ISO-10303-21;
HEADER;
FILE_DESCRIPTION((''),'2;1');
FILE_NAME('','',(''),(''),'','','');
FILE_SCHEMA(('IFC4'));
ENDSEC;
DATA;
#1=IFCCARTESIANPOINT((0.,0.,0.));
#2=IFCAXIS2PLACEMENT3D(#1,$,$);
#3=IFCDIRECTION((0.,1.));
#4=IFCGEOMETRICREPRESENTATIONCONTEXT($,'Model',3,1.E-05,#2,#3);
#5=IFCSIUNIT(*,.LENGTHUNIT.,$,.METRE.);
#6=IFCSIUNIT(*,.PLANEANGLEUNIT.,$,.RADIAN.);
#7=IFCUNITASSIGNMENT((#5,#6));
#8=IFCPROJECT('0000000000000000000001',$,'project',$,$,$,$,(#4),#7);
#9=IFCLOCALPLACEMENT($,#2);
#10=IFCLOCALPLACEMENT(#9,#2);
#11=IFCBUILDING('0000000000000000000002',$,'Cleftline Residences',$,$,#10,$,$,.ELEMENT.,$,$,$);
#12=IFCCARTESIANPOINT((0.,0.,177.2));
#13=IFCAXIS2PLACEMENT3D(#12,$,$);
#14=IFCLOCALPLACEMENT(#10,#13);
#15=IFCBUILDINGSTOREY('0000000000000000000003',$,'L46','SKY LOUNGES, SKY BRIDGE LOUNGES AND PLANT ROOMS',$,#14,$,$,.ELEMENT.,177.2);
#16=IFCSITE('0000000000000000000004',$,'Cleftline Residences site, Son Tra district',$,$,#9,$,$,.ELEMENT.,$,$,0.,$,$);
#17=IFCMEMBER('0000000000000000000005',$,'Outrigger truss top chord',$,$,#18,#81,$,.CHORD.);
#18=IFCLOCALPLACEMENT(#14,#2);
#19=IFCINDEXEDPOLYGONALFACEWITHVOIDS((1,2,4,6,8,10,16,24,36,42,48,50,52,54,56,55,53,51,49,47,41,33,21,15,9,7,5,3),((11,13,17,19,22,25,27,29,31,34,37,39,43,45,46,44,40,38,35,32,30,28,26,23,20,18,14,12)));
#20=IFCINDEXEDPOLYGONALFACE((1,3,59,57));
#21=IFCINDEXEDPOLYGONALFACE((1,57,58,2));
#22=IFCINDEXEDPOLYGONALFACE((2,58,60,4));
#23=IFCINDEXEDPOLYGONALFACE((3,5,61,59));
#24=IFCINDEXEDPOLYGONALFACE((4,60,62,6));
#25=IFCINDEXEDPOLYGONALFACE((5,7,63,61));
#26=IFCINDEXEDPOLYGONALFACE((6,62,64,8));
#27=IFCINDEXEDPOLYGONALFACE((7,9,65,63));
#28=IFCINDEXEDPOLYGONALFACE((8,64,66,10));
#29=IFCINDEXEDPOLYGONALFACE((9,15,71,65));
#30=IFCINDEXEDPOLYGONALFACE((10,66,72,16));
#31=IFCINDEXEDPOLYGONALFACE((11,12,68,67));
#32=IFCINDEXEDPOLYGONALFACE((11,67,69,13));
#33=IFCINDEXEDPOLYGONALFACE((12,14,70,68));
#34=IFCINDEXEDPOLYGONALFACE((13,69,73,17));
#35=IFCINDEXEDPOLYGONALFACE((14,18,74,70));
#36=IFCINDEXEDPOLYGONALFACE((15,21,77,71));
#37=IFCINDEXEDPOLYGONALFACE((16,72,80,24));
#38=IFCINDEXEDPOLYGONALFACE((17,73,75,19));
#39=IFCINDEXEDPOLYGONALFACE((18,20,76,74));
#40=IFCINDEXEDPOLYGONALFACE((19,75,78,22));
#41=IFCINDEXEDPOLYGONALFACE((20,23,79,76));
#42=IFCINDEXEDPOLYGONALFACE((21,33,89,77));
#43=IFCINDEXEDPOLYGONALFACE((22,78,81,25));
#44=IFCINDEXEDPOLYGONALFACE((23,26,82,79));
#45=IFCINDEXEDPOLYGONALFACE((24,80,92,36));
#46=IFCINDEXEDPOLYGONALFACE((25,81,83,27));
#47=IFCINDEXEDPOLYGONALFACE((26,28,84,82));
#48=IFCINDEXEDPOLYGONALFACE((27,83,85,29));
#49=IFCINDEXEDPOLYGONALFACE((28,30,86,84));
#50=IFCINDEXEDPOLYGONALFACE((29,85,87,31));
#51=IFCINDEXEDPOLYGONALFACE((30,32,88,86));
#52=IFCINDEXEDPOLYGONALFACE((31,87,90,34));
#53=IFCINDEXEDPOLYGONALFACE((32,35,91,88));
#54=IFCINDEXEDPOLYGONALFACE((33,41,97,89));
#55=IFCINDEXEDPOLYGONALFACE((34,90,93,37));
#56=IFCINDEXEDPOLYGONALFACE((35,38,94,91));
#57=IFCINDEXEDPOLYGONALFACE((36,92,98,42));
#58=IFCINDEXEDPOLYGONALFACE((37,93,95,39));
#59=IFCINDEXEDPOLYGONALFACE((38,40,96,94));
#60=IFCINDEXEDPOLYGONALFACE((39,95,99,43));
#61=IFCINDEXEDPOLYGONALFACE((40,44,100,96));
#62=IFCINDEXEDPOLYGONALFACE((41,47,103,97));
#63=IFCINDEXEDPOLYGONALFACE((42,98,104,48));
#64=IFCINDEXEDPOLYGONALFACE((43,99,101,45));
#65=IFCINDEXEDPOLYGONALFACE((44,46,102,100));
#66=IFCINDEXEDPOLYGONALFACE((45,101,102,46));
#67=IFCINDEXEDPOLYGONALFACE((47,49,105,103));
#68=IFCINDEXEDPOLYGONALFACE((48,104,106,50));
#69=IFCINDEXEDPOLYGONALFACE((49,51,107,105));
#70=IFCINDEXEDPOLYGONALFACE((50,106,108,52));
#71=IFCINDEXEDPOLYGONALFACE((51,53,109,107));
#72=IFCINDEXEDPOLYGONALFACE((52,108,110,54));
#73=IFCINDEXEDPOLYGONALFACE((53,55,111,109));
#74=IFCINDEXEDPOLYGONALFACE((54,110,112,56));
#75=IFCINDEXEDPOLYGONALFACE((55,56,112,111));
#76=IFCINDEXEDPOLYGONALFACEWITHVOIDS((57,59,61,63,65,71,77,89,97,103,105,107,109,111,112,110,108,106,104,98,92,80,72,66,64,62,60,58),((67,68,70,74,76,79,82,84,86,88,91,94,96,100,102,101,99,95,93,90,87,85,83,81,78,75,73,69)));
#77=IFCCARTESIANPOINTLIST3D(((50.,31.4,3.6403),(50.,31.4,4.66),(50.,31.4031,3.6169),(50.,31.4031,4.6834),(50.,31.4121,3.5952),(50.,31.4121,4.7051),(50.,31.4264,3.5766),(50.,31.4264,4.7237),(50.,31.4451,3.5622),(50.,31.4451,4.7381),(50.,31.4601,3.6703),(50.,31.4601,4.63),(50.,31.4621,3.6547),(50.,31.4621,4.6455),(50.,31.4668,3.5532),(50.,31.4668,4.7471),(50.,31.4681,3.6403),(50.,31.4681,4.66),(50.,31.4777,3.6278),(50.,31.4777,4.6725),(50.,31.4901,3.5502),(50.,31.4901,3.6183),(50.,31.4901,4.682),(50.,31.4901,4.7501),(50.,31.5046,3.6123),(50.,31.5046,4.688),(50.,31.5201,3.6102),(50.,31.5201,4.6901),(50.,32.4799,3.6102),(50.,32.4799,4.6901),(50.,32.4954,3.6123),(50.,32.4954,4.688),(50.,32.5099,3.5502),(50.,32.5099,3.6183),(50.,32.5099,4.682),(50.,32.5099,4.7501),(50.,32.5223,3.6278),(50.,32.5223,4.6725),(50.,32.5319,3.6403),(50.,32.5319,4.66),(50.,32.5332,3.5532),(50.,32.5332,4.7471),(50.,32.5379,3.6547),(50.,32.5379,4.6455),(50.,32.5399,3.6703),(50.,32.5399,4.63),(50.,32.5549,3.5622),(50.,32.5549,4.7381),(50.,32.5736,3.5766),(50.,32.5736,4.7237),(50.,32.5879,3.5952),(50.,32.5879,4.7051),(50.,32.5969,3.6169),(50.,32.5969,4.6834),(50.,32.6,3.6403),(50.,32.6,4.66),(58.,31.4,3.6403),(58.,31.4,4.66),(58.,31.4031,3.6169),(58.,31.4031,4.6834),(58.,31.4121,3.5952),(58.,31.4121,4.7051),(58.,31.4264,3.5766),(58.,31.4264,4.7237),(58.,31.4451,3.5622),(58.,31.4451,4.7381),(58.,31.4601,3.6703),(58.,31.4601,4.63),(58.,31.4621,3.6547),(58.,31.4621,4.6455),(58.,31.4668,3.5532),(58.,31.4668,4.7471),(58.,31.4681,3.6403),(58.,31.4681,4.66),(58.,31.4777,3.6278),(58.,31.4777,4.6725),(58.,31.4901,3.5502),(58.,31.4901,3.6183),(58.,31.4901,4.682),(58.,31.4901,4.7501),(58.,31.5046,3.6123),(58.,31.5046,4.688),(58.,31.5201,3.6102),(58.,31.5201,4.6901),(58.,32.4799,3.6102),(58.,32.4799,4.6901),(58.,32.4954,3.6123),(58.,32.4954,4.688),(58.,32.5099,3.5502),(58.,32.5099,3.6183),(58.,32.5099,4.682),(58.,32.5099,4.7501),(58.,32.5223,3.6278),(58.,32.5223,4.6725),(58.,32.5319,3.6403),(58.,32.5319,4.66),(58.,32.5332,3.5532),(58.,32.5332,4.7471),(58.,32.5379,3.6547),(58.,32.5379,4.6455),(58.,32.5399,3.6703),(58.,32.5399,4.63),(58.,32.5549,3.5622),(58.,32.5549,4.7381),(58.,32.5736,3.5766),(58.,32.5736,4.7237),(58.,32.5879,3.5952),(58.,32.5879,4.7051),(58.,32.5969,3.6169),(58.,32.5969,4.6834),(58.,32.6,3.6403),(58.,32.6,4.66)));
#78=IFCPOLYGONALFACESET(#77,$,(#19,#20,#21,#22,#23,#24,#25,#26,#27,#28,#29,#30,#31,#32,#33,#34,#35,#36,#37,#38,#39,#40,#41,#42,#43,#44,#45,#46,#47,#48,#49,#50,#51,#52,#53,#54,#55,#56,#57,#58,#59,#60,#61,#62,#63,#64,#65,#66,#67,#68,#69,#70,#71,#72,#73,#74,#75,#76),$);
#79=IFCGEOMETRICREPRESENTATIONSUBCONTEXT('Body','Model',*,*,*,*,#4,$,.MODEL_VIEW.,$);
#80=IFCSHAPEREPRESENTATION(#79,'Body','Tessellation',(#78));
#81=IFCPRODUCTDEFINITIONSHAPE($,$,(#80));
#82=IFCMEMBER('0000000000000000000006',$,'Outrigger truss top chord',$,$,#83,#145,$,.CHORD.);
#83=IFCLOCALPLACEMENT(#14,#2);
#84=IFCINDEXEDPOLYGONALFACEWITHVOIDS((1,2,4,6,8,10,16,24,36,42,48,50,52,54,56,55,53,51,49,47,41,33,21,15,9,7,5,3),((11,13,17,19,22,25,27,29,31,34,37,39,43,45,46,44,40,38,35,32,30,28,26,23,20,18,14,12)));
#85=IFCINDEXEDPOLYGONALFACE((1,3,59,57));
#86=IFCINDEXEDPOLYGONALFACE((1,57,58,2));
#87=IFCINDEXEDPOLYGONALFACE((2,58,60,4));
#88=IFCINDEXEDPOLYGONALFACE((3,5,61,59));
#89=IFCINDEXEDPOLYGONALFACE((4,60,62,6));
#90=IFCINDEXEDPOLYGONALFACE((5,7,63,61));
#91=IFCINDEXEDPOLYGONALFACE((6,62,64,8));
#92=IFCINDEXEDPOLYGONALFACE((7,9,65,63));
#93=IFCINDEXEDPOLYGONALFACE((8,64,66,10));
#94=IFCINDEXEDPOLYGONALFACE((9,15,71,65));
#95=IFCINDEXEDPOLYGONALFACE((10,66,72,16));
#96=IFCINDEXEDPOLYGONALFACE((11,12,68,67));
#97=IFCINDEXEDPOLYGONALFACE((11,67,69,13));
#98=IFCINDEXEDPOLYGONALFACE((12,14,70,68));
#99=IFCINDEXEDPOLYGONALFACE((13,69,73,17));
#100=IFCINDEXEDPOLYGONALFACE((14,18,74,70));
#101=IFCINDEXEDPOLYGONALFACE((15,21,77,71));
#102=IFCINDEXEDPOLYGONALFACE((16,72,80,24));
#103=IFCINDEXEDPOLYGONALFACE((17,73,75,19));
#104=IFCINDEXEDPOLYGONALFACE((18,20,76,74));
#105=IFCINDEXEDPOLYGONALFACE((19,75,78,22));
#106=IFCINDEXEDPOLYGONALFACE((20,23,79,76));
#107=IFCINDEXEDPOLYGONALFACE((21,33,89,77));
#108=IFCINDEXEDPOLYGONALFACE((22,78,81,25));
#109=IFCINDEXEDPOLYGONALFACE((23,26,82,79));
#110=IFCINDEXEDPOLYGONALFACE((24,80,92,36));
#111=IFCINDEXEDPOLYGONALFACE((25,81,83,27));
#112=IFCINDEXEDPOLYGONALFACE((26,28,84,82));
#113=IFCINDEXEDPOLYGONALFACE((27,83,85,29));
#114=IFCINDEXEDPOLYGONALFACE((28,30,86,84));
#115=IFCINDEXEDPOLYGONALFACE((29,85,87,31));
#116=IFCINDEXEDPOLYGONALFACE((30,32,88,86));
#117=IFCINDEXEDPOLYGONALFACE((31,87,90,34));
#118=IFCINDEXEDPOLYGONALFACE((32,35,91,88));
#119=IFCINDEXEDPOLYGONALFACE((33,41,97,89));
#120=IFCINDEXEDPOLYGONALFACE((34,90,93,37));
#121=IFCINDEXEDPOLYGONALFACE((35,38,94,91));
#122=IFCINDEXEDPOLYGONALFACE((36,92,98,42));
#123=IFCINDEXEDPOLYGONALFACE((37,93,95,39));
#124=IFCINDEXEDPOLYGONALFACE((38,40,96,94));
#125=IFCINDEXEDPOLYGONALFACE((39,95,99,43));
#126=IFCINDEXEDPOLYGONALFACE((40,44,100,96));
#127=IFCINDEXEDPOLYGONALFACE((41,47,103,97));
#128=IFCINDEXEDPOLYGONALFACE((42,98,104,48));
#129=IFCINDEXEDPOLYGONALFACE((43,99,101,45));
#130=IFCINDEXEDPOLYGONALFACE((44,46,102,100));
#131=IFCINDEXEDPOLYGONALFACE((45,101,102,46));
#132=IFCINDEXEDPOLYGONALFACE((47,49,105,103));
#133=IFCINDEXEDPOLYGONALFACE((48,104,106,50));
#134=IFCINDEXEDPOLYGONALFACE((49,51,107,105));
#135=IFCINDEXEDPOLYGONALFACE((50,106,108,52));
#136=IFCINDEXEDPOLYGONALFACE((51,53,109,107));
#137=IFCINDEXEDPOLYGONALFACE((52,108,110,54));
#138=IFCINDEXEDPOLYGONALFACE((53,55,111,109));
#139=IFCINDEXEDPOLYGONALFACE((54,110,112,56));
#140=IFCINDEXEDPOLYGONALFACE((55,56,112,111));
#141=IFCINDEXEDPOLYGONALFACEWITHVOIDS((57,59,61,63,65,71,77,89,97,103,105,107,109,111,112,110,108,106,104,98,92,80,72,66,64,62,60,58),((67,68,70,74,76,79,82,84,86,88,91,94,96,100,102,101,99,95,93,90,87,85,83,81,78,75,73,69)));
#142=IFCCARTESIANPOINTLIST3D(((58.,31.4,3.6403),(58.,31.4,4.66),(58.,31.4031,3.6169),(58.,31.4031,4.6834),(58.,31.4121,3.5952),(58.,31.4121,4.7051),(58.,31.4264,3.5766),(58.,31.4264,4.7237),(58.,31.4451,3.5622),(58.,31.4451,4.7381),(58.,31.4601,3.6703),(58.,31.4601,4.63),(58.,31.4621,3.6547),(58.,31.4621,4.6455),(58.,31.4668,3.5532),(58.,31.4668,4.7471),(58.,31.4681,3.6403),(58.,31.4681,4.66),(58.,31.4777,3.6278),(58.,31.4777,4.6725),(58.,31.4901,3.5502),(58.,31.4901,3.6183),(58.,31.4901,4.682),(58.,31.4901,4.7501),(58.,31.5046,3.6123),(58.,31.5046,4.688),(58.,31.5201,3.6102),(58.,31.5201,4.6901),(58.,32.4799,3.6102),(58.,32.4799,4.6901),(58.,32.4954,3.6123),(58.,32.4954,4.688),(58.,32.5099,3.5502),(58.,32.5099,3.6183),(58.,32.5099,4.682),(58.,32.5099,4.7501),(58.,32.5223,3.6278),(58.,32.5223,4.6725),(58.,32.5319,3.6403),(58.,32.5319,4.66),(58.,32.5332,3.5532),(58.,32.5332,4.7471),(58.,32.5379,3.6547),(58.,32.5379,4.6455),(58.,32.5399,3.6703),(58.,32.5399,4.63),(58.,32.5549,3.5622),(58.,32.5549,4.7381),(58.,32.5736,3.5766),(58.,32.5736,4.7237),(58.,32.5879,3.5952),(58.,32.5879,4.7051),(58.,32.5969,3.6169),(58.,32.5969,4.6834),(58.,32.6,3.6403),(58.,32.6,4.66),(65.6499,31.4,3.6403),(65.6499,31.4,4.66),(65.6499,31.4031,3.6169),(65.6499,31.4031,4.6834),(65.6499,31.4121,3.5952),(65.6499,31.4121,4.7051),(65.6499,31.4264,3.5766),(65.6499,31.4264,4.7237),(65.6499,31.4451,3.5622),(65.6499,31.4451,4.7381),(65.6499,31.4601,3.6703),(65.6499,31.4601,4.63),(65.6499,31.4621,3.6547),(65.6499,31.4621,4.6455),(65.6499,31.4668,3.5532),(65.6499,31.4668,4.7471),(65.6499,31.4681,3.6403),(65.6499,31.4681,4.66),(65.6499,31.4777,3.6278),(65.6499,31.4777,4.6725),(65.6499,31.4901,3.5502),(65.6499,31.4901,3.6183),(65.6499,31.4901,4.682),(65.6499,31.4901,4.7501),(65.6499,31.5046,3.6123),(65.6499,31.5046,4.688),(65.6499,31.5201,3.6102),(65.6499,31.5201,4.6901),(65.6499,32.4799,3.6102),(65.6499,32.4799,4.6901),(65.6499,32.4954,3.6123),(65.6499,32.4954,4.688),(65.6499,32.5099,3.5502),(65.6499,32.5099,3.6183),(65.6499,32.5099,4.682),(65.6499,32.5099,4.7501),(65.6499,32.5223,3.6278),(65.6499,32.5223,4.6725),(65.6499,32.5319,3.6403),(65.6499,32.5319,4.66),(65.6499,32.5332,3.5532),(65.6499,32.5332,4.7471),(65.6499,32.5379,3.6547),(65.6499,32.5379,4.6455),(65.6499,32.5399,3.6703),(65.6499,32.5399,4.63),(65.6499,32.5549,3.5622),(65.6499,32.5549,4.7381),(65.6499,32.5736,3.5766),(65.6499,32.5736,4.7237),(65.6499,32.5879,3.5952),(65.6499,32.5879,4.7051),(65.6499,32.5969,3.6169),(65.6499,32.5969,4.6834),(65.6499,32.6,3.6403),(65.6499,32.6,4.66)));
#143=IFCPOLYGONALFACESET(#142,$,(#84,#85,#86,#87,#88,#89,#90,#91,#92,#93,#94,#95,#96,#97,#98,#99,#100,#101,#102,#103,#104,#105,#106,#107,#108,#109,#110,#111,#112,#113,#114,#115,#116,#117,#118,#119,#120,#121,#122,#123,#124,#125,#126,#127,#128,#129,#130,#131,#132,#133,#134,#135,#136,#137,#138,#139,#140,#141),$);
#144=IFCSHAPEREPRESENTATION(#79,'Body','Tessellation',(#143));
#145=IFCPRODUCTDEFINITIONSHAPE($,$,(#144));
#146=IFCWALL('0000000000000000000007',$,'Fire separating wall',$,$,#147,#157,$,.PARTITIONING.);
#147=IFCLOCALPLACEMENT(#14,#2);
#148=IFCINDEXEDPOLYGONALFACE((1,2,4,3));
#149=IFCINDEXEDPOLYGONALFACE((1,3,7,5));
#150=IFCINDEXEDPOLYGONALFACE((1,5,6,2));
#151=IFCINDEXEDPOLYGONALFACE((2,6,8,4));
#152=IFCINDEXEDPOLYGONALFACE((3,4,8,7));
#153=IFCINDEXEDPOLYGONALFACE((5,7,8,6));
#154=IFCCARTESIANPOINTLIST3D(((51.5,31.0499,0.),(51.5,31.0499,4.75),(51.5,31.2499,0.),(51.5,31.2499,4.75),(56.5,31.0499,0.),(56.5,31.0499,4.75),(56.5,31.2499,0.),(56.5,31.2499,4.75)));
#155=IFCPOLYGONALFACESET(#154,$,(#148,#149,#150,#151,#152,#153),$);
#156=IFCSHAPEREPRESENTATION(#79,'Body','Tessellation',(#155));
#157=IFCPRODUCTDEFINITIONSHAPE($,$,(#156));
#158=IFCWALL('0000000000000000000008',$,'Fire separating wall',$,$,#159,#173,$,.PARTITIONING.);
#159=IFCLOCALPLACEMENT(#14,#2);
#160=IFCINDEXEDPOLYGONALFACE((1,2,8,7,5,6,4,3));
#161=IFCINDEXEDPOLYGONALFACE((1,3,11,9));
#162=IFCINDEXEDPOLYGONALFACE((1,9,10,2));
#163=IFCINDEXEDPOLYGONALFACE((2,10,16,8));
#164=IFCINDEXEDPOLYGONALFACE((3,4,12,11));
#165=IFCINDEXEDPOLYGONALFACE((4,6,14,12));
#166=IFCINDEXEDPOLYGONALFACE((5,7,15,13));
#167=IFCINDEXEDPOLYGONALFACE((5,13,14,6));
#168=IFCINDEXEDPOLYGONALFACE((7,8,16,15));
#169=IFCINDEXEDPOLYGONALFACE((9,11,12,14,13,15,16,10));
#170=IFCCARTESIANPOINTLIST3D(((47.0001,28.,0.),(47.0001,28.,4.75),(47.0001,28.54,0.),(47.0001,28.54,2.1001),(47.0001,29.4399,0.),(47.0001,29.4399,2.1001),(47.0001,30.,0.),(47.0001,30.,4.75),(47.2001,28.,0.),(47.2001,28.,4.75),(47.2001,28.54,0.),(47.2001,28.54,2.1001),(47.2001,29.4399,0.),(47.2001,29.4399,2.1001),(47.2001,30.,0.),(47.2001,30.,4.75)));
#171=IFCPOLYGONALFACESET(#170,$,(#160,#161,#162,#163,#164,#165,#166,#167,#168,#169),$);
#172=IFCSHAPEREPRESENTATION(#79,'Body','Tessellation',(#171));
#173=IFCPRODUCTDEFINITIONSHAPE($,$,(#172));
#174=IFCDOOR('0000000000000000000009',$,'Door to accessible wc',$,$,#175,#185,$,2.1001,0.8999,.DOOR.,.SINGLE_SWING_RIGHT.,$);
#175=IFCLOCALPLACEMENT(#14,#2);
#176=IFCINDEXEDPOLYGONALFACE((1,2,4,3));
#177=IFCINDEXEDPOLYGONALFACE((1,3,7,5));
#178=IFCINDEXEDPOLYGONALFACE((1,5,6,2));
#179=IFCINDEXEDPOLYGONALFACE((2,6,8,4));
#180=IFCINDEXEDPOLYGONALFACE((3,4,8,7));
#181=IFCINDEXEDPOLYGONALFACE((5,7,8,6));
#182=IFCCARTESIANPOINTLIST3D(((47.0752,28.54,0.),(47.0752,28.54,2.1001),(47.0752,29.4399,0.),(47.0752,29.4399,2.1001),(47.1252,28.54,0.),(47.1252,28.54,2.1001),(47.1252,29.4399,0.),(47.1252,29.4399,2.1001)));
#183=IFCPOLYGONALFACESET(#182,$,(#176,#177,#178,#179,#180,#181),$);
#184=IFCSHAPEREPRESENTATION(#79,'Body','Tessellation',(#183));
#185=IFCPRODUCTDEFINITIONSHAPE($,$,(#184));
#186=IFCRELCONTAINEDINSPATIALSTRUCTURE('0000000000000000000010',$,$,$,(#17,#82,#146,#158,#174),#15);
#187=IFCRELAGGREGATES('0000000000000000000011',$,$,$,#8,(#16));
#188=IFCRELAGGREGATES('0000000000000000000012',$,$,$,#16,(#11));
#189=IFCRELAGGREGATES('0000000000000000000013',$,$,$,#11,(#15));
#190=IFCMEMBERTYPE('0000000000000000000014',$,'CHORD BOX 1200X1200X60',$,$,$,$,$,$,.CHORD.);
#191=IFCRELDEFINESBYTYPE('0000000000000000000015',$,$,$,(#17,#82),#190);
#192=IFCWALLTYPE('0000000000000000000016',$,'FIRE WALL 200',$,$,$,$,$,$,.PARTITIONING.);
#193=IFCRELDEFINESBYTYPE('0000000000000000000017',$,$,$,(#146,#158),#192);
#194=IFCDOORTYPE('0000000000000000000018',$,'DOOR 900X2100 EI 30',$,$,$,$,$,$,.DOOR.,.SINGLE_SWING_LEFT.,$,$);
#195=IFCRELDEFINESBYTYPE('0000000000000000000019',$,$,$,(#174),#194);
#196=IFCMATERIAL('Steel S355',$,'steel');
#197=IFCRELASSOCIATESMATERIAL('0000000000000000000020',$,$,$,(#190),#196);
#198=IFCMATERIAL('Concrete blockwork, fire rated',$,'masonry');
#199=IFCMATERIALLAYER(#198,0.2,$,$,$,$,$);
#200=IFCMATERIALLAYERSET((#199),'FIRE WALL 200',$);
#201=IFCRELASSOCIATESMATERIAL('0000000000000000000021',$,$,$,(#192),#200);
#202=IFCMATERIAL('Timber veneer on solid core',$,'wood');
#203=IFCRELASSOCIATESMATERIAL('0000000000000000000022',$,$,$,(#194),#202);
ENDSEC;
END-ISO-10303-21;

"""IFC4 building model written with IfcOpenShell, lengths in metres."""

from ifc_helpers import new_model, si_unit, direction, frame, frame_2d, origin, origin_2d, place, context, subcontext, project, spatial, rectangle, hollow_rectangle, extrude, material, layer, layer_set, material_profile, profile_set, type_object, element, fill, save


model = new_model("IFC4")

# Units and contexts
model_context = context("Model", 3, precision=1e-05, world=origin(), true_north=direction((0.0, 1.0)))
body_context = subcontext(model_context, "Body", "Model", "MODEL_VIEW")
ifc_project = project(units=[si_unit("LENGTHUNIT", "METRE"), si_unit("PLANEANGLEUNIT", "RADIAN")], contexts=[model_context])

# Site, building, storey
site_placement = place(None, origin())
site = spatial("IfcSite", under=ifc_project, at=site_placement, Name="Cleftline Residences site, Son Tra district", CompositionType="ELEMENT", RefElevation=0.0)
building_placement = place(site_placement, origin())
building = spatial("IfcBuilding", under=site, at=building_placement, Name="Cleftline Residences", CompositionType="ELEMENT")
storey_placement = place(building_placement, frame((0.0, 0.0, 177.2)))
storey = spatial("IfcBuildingStorey", under=building, at=storey_placement, Name="L46", Description="SKY LOUNGES, SKY BRIDGE LOUNGES AND PLANT ROOMS", CompositionType="ELEMENT", Elevation=177.2)

# Members
ifc_material_1 = material(Name="Steel S355", Category="steel")
ifc_material_profile_1 = material_profile(ifc_material_1, hollow_rectangle(XDim=1.2, YDim=1.2, WallThickness=0.0601, InnerFilletRadius=0.0601, OuterFilletRadius=0.0901, at=origin_2d()))
ifc_profile_set_1 = profile_set([ifc_material_profile_1], Name="Steel S355")
member_type_1 = type_object("IfcMemberType", Name="CHORD BOX 1200X1200X60", PredefinedType="CHORD", material=ifc_profile_set_1)
member_1_placement = place(storey_placement, frame((50.0, 32.0, 4.1501), z_axis=(1.0, 0.0, 0.0), x_axis=(0.0, 1.0, 0.0)))
element("IfcMember", 1, at=member_1_placement, inside=storey, type_object=member_type_1, Name="Outrigger truss top chord", PredefinedType="CHORD", context=body_context, shape_type="SweptSolid", body=[
    extrude(hollow_rectangle(XDim=1.2, YDim=1.2, WallThickness=0.0601, InnerFilletRadius=0.0601, OuterFilletRadius=0.0901, at=origin_2d()), origin(), (0.0, 0.0, 1.0), 8.0),
])
member_2_placement = place(storey_placement, frame((58.0, 32.0, 4.1501), z_axis=(1.0, 0.0, 0.0), x_axis=(0.0, 1.0, 0.0)))
element("IfcMember", 2, at=member_2_placement, inside=storey, type_object=member_type_1, Name="Outrigger truss top chord", PredefinedType="CHORD", context=body_context, shape_type="SweptSolid", body=[
    extrude(hollow_rectangle(XDim=1.2, YDim=1.2, WallThickness=0.0601, InnerFilletRadius=0.0601, OuterFilletRadius=0.0901, at=origin_2d()), origin(), (0.0, 0.0, 1.0), 7.6499),
])

# Wall
ifc_material_2 = material(Name="Concrete blockwork, fire rated", Category="masonry")
ifc_layer_1 = layer(ifc_material_2, 0.2)
ifc_layer_set_1 = layer_set([ifc_layer_1], Name="FIRE WALL 200")
wall_type_1 = type_object("IfcWallType", Name="FIRE WALL 200", PredefinedType="PARTITIONING", material=ifc_layer_set_1)
wall_1_placement = place(storey_placement, frame((51.5, 31.1499, 0.0), z_axis=(0.0, 0.0, 1.0), x_axis=(1.0, 0.0, 0.0)))
element("IfcWall", 3, at=wall_1_placement, inside=storey, type_object=wall_type_1, Name="Fire separating wall", PredefinedType="PARTITIONING", context=body_context, shape_type="SweptSolid", body=[
    extrude(rectangle(XDim=5.0, YDim=0.2, at=frame_2d((2.5, 0.0))), origin(), (0.0, 0.0, 1.0), 4.75),
])

# Wall, opening, door
wall_2_placement = place(storey_placement, frame((47.1001, 28.0, 0.0), z_axis=(0.0, 0.0, 1.0), x_axis=(0.0, 1.0, 0.0)))
wall_2 = element("IfcWall", 4, at=wall_2_placement, inside=storey, type_object=wall_type_1, Name="Fire separating wall", PredefinedType="PARTITIONING", context=body_context, shape_type="SweptSolid", body=[
    extrude(rectangle(XDim=2.0, YDim=0.2, at=frame_2d((1.0, 0.0))), origin(), (0.0, 0.0, 1.0), 4.75),
])
opening_1_placement = place(wall_2_placement, frame((0.54, 0.0, 0.0)))
opening_1 = element("IfcOpeningElement", 5, at=opening_1_placement, cuts=wall_2, PredefinedType="OPENING", context=body_context, shape_type="SweptSolid", body=[
    extrude(rectangle(XDim=0.8999, YDim=2.1001, at=frame_2d((0.45, 1.05))), frame((0.0, 0.1099, 0.0), z_axis=(0.0, -1.0, 0.0), x_axis=(1.0, 0.0, 0.0)), (0.0, 0.0, 1.0), 0.22),
])
ifc_material_3 = material(Name="Timber veneer on solid core", Category="wood")
door_type_1 = type_object("IfcDoorType", Name="DOOR 900X2100 EI 30", OperationType="SINGLE_SWING_LEFT", PredefinedType="DOOR", material=ifc_material_3)
door_1_placement = place(opening_1_placement, origin())
door_1 = element("IfcDoor", 6, at=door_1_placement, inside=storey, type_object=door_type_1, Name="Door to accessible wc", OperationType="SINGLE_SWING_RIGHT", OverallHeight=2.1001, OverallWidth=0.8999, PredefinedType="DOOR", context=body_context, shape_type="SweptSolid", body=[
    extrude(rectangle(XDim=0.8999, YDim=2.1001, at=frame_2d((0.45, 1.05))), frame((0.0, 0.0249, 0.0), z_axis=(0.0, -1.0, 0.0), x_axis=(1.0, 0.0, 0.0)), (0.0, 0.0, 1.0), 0.05),
])
fill(opening_1, door_1)

save(model, "model.ifc")
